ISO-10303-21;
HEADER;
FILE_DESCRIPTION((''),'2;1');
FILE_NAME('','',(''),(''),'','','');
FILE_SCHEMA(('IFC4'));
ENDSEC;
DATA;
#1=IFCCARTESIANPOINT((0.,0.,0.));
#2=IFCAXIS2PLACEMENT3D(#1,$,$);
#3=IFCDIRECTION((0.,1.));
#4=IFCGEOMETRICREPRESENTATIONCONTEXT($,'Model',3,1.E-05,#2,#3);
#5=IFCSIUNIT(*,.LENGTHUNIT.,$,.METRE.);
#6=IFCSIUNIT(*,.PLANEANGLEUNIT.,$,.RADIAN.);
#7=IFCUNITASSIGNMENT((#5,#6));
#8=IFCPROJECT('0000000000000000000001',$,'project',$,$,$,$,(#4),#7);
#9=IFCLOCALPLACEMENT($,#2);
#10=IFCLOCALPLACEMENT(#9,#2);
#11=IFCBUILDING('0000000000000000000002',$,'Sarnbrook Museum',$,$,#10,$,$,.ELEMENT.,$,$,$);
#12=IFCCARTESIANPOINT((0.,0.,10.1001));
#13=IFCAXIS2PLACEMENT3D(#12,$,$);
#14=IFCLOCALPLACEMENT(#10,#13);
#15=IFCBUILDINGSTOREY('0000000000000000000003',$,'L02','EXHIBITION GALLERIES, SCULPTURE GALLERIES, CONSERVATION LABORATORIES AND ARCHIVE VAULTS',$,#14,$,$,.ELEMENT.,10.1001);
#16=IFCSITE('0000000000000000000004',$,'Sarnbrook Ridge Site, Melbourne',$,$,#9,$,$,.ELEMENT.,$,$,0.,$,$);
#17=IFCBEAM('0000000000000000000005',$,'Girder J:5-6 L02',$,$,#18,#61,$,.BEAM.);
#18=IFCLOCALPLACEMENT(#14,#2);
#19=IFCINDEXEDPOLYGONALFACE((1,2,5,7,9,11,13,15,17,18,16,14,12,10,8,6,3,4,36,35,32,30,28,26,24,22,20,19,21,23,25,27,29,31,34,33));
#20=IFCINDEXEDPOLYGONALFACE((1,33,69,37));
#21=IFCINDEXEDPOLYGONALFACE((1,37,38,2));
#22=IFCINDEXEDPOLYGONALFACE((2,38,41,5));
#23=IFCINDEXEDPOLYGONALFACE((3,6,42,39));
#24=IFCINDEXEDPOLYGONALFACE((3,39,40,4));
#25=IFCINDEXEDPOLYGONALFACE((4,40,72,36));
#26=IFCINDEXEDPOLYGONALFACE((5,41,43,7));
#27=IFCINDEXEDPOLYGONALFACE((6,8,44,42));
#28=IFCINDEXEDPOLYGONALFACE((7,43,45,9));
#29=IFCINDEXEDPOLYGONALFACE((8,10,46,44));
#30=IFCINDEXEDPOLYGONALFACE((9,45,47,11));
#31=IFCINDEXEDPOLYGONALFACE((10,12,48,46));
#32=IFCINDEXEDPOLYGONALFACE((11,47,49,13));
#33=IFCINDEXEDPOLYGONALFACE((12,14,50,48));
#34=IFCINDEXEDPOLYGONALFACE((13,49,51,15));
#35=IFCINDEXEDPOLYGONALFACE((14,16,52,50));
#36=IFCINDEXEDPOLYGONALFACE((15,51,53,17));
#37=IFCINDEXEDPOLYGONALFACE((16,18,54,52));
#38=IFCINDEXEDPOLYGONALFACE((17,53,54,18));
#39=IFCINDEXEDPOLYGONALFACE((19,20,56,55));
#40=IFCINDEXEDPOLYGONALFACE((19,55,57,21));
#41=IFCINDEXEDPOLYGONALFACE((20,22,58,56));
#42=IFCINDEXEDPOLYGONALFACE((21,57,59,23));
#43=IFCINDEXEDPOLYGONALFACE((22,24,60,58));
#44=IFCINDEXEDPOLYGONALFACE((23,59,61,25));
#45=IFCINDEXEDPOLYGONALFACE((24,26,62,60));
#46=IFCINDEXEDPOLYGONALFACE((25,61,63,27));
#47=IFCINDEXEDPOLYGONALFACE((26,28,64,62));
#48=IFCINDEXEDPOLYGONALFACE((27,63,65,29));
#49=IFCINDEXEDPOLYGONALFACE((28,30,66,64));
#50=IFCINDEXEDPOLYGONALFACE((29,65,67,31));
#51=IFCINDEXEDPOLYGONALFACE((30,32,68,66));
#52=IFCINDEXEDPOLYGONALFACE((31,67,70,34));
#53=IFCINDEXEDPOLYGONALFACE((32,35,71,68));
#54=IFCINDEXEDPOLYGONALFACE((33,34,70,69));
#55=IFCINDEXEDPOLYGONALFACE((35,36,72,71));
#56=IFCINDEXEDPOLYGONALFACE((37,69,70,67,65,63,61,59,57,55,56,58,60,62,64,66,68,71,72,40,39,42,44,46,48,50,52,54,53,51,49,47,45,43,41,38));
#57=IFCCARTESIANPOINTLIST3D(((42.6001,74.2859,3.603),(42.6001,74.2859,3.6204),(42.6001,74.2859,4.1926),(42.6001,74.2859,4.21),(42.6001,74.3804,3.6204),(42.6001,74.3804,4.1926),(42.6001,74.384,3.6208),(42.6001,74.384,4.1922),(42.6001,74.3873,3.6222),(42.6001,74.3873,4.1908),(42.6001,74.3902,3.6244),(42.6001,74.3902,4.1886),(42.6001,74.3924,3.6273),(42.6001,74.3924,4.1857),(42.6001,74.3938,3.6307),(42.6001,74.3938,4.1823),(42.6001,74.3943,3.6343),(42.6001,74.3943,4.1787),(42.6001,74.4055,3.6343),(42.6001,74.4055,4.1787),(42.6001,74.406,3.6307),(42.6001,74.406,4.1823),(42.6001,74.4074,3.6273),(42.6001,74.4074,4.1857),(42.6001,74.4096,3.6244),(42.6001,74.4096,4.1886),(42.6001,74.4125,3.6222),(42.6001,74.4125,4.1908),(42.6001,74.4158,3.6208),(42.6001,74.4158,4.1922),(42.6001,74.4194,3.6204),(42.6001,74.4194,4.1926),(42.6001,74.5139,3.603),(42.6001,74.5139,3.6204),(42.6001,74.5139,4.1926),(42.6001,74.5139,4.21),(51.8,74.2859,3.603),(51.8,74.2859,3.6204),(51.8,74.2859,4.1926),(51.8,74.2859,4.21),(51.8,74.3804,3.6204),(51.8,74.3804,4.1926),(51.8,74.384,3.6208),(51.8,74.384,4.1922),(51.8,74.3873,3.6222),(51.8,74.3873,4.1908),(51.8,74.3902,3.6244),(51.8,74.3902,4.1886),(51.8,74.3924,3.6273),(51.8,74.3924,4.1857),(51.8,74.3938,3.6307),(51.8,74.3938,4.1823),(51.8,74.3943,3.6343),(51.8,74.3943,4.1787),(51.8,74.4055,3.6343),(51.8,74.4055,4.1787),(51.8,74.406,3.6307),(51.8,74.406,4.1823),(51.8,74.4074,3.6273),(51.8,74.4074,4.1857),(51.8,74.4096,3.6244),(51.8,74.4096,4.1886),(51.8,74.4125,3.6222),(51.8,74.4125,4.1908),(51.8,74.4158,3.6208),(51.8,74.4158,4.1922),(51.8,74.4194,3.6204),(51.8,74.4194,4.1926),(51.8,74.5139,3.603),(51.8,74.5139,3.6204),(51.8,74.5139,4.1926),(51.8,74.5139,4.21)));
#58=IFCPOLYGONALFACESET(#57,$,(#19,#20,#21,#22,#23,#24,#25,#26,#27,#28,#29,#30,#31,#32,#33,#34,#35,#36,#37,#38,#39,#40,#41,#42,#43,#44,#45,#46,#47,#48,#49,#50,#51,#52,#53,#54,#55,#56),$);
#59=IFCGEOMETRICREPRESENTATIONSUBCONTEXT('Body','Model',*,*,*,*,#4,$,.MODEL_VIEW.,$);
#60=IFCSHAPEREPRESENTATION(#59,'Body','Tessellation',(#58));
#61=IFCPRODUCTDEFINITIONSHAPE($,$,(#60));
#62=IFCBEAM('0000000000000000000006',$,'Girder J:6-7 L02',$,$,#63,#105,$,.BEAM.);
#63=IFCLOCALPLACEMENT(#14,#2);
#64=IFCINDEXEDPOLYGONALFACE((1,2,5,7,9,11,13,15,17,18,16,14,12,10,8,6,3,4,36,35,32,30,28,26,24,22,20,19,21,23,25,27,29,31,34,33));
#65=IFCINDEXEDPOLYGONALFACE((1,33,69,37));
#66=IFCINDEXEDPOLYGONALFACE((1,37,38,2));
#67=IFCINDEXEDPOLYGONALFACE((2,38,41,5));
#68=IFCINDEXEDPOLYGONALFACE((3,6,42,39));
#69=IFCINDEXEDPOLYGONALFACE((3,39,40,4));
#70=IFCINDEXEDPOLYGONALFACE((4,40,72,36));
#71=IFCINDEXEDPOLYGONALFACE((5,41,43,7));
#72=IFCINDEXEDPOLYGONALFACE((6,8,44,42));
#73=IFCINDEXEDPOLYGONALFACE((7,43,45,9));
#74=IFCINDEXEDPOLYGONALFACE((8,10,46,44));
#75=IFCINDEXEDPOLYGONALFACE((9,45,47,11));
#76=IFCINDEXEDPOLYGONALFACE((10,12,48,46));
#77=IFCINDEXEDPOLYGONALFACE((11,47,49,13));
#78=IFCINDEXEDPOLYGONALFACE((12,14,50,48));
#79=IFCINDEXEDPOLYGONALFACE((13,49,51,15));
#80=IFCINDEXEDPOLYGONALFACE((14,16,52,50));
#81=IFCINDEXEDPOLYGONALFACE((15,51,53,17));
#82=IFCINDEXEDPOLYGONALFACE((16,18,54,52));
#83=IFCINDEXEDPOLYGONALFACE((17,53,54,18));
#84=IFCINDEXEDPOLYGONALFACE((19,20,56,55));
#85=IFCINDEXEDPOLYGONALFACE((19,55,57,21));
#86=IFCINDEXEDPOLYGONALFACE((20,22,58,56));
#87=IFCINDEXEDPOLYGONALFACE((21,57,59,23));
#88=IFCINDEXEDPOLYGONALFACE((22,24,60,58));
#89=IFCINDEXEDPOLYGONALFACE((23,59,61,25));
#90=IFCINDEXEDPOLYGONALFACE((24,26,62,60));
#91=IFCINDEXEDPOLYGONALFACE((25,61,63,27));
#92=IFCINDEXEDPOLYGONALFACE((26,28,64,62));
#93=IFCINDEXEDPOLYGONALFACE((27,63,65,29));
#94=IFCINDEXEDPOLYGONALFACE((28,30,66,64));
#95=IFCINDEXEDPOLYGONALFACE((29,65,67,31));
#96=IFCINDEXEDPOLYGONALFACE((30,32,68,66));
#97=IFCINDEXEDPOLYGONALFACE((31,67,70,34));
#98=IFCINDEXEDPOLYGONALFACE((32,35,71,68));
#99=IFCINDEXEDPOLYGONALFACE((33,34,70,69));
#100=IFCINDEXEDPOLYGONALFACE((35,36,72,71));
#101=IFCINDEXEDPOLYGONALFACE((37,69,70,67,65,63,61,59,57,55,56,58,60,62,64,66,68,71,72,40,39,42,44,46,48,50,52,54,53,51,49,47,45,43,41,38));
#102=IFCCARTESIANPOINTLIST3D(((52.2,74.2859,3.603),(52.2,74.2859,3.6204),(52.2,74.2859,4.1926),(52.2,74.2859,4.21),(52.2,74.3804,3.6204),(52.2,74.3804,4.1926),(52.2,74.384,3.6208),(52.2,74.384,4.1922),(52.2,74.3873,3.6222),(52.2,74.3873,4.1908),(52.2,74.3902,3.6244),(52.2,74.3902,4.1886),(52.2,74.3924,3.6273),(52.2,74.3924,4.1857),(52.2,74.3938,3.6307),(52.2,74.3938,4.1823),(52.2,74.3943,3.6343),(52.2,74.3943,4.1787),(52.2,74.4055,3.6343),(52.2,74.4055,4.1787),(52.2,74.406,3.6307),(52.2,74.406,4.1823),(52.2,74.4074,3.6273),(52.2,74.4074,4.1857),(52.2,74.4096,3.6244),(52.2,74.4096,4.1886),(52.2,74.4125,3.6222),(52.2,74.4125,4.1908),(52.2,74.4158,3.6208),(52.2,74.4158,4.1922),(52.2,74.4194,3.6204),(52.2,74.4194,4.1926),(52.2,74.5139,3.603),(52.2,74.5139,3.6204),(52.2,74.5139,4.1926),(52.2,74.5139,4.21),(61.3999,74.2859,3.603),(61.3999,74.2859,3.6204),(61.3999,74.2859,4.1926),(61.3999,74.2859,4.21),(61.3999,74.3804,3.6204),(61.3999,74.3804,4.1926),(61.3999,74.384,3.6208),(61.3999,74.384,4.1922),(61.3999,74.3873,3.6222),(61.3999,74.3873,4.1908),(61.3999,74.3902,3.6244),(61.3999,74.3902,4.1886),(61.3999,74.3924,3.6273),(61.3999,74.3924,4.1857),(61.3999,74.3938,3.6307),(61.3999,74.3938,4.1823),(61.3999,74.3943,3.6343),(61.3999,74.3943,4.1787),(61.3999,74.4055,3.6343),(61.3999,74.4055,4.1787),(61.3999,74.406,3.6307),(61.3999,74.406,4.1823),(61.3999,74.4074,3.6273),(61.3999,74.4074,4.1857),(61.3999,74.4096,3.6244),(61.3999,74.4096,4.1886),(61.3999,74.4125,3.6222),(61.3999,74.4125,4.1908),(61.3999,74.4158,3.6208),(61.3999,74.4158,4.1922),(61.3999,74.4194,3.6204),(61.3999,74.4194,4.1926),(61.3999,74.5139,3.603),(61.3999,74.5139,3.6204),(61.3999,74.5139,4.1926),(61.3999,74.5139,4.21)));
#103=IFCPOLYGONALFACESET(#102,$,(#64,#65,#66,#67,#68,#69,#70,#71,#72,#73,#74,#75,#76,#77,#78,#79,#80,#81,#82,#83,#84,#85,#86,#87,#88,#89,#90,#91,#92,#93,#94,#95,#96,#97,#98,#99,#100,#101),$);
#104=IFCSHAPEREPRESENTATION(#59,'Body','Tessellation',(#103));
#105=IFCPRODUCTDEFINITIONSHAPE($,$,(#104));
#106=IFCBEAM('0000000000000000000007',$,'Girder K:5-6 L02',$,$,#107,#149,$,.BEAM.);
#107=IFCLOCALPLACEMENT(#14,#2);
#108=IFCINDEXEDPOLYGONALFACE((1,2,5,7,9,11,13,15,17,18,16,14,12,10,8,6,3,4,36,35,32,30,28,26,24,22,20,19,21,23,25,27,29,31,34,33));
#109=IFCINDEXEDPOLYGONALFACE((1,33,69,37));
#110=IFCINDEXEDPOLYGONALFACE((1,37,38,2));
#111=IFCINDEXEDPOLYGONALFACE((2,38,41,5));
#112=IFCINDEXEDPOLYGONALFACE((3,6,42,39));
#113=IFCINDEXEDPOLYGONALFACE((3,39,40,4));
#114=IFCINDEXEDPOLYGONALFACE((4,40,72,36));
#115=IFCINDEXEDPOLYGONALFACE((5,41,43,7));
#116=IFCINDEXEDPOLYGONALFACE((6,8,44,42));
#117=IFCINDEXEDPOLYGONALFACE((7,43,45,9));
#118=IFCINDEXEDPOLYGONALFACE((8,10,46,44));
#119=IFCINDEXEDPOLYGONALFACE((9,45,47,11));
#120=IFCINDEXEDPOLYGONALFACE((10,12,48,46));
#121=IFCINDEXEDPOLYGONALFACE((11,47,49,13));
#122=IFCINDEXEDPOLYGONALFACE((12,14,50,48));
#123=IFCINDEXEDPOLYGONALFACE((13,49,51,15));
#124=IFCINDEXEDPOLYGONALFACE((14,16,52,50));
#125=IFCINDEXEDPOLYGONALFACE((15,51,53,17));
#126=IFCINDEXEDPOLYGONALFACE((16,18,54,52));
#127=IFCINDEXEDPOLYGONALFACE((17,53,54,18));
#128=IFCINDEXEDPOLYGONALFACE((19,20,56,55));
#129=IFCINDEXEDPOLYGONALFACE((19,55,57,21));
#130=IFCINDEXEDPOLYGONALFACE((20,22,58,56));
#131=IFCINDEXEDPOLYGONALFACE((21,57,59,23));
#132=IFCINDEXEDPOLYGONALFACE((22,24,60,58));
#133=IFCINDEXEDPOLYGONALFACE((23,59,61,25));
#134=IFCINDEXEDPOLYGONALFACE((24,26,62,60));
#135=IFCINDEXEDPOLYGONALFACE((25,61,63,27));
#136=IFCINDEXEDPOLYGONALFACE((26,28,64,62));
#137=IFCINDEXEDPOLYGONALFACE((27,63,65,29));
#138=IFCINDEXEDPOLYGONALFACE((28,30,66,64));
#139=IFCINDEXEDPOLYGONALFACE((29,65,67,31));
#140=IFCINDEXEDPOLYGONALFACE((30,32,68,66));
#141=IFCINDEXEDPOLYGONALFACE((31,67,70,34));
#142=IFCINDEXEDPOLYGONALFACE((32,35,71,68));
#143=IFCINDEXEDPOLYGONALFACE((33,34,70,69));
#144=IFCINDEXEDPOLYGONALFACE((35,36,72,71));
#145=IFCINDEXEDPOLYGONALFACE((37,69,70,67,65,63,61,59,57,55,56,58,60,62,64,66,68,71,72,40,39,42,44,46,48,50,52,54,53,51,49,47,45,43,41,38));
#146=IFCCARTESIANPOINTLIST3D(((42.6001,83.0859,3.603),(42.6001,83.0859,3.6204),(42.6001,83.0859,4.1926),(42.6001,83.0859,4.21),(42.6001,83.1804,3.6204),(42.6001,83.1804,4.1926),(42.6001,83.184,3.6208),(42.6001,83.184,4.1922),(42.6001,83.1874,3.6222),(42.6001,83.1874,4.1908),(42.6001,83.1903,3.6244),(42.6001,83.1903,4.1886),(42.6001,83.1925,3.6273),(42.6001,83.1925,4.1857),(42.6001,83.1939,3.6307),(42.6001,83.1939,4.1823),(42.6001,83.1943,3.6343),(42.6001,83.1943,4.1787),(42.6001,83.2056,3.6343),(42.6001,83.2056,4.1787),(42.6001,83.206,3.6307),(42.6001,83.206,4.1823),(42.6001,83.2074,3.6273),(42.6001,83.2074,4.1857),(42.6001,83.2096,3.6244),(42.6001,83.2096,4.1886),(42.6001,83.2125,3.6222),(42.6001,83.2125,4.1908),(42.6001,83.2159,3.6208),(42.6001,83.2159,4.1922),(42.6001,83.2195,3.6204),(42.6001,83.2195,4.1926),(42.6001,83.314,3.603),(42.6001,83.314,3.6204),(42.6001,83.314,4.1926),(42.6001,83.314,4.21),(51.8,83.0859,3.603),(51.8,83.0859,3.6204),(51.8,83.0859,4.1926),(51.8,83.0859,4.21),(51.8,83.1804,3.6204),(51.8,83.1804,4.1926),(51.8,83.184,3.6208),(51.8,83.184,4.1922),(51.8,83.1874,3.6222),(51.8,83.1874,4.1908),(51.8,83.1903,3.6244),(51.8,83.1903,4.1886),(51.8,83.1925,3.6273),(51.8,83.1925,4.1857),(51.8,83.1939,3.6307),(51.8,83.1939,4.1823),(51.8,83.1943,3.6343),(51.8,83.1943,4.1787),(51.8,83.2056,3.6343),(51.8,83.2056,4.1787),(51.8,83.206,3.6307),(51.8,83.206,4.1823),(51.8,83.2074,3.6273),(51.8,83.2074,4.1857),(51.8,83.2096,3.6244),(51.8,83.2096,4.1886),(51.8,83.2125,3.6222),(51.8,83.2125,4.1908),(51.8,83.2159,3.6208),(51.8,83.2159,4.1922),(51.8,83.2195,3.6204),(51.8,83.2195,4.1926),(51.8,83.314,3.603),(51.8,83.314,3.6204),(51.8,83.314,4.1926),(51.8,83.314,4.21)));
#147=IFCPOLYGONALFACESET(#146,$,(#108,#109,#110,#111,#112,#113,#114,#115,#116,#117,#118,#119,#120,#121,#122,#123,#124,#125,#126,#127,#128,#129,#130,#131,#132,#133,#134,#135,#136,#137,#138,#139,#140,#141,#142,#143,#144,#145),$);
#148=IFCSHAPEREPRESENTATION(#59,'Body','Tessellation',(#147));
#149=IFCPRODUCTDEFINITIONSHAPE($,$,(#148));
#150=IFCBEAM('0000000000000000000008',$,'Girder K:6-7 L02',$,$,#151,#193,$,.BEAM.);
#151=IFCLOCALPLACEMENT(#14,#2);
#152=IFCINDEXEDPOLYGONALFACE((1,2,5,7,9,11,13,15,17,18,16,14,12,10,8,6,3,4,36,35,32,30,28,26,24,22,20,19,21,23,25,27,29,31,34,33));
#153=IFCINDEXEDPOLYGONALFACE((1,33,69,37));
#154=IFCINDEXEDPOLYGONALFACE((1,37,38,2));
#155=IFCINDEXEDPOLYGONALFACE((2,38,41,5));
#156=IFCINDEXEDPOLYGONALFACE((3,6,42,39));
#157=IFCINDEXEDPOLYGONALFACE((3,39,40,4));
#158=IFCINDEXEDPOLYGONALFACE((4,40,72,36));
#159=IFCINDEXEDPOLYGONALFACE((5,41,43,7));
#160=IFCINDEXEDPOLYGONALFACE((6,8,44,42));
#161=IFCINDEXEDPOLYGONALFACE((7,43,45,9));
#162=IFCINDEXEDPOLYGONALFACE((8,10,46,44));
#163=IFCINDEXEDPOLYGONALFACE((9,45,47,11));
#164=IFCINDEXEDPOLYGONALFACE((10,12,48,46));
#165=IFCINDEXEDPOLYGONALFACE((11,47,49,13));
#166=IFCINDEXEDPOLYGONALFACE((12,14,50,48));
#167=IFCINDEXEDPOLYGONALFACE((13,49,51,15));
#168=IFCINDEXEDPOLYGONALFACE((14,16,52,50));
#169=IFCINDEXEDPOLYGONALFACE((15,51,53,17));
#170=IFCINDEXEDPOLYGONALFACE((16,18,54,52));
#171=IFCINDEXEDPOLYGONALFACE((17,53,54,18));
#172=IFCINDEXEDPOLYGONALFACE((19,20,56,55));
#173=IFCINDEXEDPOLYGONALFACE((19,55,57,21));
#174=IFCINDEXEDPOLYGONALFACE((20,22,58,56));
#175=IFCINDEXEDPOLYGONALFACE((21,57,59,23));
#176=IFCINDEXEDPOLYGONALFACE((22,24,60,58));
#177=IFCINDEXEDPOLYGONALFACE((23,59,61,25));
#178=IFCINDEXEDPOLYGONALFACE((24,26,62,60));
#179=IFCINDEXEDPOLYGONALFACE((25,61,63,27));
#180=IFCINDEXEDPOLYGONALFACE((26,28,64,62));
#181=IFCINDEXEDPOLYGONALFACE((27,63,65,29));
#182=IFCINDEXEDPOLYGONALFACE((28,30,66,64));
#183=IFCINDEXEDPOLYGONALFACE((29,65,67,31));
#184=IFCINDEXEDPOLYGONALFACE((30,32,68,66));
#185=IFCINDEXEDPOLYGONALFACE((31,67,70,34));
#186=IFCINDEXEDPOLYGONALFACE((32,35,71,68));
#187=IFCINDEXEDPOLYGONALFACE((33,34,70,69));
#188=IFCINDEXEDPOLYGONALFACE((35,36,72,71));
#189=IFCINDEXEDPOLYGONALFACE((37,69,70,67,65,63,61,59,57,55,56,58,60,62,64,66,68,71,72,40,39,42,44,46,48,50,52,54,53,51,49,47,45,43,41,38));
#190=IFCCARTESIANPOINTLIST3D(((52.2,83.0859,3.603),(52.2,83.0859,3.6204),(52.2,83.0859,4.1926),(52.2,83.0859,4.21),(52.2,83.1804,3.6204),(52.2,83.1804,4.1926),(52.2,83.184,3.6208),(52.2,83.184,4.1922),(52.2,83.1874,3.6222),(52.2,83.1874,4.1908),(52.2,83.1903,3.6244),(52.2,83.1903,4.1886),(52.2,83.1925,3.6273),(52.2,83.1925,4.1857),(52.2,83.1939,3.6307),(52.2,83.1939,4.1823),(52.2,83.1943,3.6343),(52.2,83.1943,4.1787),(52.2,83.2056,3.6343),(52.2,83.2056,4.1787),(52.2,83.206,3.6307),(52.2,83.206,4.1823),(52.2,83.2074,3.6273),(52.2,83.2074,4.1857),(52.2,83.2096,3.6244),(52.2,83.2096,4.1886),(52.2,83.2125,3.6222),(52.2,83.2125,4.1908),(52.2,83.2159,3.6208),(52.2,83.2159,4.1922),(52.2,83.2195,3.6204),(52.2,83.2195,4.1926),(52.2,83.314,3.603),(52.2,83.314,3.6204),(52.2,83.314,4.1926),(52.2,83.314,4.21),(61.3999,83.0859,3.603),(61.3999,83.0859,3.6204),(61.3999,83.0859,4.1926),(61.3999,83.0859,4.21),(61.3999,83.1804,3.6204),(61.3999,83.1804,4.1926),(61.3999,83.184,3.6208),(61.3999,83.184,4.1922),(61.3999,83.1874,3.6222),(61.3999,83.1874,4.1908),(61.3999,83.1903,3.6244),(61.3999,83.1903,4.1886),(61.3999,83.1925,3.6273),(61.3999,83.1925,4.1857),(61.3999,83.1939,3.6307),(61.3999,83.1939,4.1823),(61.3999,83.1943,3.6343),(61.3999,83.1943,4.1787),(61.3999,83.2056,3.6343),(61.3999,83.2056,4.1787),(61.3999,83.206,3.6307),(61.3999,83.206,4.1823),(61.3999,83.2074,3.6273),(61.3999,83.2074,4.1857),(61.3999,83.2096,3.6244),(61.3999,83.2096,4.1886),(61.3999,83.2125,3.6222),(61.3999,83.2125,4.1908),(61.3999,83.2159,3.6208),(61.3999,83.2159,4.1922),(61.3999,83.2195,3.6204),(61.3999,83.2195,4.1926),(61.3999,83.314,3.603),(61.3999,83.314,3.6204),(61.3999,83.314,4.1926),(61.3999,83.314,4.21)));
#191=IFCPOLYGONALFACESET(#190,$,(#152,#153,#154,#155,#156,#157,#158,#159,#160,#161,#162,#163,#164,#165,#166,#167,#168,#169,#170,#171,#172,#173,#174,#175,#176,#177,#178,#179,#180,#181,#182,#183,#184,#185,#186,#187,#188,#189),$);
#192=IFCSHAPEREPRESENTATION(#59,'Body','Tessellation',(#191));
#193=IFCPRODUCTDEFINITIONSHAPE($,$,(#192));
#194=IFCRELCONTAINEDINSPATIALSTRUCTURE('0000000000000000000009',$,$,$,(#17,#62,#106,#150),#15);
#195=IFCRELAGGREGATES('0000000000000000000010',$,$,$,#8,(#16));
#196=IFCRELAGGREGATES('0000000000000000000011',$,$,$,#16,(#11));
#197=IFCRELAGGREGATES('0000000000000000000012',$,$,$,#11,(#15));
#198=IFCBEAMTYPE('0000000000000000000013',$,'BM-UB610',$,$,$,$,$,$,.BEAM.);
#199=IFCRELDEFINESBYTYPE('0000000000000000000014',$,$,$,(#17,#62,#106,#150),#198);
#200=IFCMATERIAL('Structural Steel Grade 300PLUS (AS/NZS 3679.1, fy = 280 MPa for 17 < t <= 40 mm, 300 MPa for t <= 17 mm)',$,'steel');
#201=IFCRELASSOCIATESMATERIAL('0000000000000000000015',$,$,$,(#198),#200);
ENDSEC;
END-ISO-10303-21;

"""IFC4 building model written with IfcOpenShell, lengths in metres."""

from ifc_helpers import new_model, si_unit, direction, frame, origin, origin_2d, place, context, subcontext, project, spatial, i_section, extrude, material, material_profile, profile_set, type_object, element, save


model = new_model("IFC4")

# Units and contexts
model_context = context("Model", 3, precision=1e-05, world=origin(), true_north=direction((0.0, 1.0)))
body_context = subcontext(model_context, "Body", "Model", "MODEL_VIEW")
ifc_project = project(units=[si_unit("LENGTHUNIT", "METRE"), si_unit("PLANEANGLEUNIT", "RADIAN")], contexts=[model_context])

# Site, building, storey
site_placement = place(None, origin())
site = spatial("IfcSite", under=ifc_project, at=site_placement, Name="Sarnbrook Ridge Site, Melbourne", CompositionType="ELEMENT", RefElevation=0.0)
building_placement = place(site_placement, origin())
building = spatial("IfcBuilding", under=site, at=building_placement, Name="Sarnbrook Museum", CompositionType="ELEMENT")
storey_placement = place(building_placement, frame((0.0, 0.0, 10.1001)))
storey = spatial("IfcBuildingStorey", under=building, at=storey_placement, Name="L02", Description="EXHIBITION GALLERIES, SCULPTURE GALLERIES, CONSERVATION LABORATORIES AND ARCHIVE VAULTS", CompositionType="ELEMENT", Elevation=10.1001)

# Beams
ifc_material_1 = material(Name="Structural Steel Grade 300PLUS (AS/NZS 3679.1, fy = 280 MPa for 17 < t <= 40 mm, 300 MPa for t <= 17 mm)", Category="steel")
ifc_material_profile_1 = material_profile(ifc_material_1, i_section(OverallWidth=0.228, OverallDepth=0.6069, WebThickness=0.0112, FlangeThickness=0.0173, FilletRadius=0.0139, at=origin_2d()), Name="610UB113")
ifc_profile_set_1 = profile_set([ifc_material_profile_1], Name="Structural Steel Grade 300PLUS (AS/NZS 3679.1, fy = 280 MPa for 17 < t <= 40 mm, 300 MPa for t <= 17 mm)")
beam_type_1 = type_object("IfcBeamType", Name="BM-UB610", PredefinedType="BEAM", material=ifc_profile_set_1)
for number, where, z_axis, x_axis, name in (
    (1, (42.6001, 74.3999, 3.9065), (1.0, 0.0, 0.0), (0.0, 1.0, 0.0), "Girder J:5-6 L02"),
    (2, (52.2, 74.3999, 3.9065), (1.0, 0.0, 0.0), (0.0, 1.0, 0.0), "Girder J:6-7 L02"),
    (3, (42.6001, 83.2, 3.9065), (1.0, 0.0, 0.0), (0.0, 1.0, 0.0), "Girder K:5-6 L02"),
    (4, (52.2, 83.2, 3.9065), (1.0, 0.0, 0.0), (0.0, 1.0, 0.0), "Girder K:6-7 L02"),
):
    element("IfcBeam", number, at=place(storey_placement, frame(where, z_axis=z_axis, x_axis=x_axis)), inside=storey, type_object=beam_type_1, Name=name, PredefinedType="BEAM", context=body_context, shape_type="SweptSolid", body=[
        extrude(i_section(OverallWidth=0.228, OverallDepth=0.6069, WebThickness=0.0112, FlangeThickness=0.0173, FilletRadius=0.0139, at=origin_2d()), origin(), (0.0, 0.0, 1.0), 9.2),
    ])

save(model, "model.ifc")
